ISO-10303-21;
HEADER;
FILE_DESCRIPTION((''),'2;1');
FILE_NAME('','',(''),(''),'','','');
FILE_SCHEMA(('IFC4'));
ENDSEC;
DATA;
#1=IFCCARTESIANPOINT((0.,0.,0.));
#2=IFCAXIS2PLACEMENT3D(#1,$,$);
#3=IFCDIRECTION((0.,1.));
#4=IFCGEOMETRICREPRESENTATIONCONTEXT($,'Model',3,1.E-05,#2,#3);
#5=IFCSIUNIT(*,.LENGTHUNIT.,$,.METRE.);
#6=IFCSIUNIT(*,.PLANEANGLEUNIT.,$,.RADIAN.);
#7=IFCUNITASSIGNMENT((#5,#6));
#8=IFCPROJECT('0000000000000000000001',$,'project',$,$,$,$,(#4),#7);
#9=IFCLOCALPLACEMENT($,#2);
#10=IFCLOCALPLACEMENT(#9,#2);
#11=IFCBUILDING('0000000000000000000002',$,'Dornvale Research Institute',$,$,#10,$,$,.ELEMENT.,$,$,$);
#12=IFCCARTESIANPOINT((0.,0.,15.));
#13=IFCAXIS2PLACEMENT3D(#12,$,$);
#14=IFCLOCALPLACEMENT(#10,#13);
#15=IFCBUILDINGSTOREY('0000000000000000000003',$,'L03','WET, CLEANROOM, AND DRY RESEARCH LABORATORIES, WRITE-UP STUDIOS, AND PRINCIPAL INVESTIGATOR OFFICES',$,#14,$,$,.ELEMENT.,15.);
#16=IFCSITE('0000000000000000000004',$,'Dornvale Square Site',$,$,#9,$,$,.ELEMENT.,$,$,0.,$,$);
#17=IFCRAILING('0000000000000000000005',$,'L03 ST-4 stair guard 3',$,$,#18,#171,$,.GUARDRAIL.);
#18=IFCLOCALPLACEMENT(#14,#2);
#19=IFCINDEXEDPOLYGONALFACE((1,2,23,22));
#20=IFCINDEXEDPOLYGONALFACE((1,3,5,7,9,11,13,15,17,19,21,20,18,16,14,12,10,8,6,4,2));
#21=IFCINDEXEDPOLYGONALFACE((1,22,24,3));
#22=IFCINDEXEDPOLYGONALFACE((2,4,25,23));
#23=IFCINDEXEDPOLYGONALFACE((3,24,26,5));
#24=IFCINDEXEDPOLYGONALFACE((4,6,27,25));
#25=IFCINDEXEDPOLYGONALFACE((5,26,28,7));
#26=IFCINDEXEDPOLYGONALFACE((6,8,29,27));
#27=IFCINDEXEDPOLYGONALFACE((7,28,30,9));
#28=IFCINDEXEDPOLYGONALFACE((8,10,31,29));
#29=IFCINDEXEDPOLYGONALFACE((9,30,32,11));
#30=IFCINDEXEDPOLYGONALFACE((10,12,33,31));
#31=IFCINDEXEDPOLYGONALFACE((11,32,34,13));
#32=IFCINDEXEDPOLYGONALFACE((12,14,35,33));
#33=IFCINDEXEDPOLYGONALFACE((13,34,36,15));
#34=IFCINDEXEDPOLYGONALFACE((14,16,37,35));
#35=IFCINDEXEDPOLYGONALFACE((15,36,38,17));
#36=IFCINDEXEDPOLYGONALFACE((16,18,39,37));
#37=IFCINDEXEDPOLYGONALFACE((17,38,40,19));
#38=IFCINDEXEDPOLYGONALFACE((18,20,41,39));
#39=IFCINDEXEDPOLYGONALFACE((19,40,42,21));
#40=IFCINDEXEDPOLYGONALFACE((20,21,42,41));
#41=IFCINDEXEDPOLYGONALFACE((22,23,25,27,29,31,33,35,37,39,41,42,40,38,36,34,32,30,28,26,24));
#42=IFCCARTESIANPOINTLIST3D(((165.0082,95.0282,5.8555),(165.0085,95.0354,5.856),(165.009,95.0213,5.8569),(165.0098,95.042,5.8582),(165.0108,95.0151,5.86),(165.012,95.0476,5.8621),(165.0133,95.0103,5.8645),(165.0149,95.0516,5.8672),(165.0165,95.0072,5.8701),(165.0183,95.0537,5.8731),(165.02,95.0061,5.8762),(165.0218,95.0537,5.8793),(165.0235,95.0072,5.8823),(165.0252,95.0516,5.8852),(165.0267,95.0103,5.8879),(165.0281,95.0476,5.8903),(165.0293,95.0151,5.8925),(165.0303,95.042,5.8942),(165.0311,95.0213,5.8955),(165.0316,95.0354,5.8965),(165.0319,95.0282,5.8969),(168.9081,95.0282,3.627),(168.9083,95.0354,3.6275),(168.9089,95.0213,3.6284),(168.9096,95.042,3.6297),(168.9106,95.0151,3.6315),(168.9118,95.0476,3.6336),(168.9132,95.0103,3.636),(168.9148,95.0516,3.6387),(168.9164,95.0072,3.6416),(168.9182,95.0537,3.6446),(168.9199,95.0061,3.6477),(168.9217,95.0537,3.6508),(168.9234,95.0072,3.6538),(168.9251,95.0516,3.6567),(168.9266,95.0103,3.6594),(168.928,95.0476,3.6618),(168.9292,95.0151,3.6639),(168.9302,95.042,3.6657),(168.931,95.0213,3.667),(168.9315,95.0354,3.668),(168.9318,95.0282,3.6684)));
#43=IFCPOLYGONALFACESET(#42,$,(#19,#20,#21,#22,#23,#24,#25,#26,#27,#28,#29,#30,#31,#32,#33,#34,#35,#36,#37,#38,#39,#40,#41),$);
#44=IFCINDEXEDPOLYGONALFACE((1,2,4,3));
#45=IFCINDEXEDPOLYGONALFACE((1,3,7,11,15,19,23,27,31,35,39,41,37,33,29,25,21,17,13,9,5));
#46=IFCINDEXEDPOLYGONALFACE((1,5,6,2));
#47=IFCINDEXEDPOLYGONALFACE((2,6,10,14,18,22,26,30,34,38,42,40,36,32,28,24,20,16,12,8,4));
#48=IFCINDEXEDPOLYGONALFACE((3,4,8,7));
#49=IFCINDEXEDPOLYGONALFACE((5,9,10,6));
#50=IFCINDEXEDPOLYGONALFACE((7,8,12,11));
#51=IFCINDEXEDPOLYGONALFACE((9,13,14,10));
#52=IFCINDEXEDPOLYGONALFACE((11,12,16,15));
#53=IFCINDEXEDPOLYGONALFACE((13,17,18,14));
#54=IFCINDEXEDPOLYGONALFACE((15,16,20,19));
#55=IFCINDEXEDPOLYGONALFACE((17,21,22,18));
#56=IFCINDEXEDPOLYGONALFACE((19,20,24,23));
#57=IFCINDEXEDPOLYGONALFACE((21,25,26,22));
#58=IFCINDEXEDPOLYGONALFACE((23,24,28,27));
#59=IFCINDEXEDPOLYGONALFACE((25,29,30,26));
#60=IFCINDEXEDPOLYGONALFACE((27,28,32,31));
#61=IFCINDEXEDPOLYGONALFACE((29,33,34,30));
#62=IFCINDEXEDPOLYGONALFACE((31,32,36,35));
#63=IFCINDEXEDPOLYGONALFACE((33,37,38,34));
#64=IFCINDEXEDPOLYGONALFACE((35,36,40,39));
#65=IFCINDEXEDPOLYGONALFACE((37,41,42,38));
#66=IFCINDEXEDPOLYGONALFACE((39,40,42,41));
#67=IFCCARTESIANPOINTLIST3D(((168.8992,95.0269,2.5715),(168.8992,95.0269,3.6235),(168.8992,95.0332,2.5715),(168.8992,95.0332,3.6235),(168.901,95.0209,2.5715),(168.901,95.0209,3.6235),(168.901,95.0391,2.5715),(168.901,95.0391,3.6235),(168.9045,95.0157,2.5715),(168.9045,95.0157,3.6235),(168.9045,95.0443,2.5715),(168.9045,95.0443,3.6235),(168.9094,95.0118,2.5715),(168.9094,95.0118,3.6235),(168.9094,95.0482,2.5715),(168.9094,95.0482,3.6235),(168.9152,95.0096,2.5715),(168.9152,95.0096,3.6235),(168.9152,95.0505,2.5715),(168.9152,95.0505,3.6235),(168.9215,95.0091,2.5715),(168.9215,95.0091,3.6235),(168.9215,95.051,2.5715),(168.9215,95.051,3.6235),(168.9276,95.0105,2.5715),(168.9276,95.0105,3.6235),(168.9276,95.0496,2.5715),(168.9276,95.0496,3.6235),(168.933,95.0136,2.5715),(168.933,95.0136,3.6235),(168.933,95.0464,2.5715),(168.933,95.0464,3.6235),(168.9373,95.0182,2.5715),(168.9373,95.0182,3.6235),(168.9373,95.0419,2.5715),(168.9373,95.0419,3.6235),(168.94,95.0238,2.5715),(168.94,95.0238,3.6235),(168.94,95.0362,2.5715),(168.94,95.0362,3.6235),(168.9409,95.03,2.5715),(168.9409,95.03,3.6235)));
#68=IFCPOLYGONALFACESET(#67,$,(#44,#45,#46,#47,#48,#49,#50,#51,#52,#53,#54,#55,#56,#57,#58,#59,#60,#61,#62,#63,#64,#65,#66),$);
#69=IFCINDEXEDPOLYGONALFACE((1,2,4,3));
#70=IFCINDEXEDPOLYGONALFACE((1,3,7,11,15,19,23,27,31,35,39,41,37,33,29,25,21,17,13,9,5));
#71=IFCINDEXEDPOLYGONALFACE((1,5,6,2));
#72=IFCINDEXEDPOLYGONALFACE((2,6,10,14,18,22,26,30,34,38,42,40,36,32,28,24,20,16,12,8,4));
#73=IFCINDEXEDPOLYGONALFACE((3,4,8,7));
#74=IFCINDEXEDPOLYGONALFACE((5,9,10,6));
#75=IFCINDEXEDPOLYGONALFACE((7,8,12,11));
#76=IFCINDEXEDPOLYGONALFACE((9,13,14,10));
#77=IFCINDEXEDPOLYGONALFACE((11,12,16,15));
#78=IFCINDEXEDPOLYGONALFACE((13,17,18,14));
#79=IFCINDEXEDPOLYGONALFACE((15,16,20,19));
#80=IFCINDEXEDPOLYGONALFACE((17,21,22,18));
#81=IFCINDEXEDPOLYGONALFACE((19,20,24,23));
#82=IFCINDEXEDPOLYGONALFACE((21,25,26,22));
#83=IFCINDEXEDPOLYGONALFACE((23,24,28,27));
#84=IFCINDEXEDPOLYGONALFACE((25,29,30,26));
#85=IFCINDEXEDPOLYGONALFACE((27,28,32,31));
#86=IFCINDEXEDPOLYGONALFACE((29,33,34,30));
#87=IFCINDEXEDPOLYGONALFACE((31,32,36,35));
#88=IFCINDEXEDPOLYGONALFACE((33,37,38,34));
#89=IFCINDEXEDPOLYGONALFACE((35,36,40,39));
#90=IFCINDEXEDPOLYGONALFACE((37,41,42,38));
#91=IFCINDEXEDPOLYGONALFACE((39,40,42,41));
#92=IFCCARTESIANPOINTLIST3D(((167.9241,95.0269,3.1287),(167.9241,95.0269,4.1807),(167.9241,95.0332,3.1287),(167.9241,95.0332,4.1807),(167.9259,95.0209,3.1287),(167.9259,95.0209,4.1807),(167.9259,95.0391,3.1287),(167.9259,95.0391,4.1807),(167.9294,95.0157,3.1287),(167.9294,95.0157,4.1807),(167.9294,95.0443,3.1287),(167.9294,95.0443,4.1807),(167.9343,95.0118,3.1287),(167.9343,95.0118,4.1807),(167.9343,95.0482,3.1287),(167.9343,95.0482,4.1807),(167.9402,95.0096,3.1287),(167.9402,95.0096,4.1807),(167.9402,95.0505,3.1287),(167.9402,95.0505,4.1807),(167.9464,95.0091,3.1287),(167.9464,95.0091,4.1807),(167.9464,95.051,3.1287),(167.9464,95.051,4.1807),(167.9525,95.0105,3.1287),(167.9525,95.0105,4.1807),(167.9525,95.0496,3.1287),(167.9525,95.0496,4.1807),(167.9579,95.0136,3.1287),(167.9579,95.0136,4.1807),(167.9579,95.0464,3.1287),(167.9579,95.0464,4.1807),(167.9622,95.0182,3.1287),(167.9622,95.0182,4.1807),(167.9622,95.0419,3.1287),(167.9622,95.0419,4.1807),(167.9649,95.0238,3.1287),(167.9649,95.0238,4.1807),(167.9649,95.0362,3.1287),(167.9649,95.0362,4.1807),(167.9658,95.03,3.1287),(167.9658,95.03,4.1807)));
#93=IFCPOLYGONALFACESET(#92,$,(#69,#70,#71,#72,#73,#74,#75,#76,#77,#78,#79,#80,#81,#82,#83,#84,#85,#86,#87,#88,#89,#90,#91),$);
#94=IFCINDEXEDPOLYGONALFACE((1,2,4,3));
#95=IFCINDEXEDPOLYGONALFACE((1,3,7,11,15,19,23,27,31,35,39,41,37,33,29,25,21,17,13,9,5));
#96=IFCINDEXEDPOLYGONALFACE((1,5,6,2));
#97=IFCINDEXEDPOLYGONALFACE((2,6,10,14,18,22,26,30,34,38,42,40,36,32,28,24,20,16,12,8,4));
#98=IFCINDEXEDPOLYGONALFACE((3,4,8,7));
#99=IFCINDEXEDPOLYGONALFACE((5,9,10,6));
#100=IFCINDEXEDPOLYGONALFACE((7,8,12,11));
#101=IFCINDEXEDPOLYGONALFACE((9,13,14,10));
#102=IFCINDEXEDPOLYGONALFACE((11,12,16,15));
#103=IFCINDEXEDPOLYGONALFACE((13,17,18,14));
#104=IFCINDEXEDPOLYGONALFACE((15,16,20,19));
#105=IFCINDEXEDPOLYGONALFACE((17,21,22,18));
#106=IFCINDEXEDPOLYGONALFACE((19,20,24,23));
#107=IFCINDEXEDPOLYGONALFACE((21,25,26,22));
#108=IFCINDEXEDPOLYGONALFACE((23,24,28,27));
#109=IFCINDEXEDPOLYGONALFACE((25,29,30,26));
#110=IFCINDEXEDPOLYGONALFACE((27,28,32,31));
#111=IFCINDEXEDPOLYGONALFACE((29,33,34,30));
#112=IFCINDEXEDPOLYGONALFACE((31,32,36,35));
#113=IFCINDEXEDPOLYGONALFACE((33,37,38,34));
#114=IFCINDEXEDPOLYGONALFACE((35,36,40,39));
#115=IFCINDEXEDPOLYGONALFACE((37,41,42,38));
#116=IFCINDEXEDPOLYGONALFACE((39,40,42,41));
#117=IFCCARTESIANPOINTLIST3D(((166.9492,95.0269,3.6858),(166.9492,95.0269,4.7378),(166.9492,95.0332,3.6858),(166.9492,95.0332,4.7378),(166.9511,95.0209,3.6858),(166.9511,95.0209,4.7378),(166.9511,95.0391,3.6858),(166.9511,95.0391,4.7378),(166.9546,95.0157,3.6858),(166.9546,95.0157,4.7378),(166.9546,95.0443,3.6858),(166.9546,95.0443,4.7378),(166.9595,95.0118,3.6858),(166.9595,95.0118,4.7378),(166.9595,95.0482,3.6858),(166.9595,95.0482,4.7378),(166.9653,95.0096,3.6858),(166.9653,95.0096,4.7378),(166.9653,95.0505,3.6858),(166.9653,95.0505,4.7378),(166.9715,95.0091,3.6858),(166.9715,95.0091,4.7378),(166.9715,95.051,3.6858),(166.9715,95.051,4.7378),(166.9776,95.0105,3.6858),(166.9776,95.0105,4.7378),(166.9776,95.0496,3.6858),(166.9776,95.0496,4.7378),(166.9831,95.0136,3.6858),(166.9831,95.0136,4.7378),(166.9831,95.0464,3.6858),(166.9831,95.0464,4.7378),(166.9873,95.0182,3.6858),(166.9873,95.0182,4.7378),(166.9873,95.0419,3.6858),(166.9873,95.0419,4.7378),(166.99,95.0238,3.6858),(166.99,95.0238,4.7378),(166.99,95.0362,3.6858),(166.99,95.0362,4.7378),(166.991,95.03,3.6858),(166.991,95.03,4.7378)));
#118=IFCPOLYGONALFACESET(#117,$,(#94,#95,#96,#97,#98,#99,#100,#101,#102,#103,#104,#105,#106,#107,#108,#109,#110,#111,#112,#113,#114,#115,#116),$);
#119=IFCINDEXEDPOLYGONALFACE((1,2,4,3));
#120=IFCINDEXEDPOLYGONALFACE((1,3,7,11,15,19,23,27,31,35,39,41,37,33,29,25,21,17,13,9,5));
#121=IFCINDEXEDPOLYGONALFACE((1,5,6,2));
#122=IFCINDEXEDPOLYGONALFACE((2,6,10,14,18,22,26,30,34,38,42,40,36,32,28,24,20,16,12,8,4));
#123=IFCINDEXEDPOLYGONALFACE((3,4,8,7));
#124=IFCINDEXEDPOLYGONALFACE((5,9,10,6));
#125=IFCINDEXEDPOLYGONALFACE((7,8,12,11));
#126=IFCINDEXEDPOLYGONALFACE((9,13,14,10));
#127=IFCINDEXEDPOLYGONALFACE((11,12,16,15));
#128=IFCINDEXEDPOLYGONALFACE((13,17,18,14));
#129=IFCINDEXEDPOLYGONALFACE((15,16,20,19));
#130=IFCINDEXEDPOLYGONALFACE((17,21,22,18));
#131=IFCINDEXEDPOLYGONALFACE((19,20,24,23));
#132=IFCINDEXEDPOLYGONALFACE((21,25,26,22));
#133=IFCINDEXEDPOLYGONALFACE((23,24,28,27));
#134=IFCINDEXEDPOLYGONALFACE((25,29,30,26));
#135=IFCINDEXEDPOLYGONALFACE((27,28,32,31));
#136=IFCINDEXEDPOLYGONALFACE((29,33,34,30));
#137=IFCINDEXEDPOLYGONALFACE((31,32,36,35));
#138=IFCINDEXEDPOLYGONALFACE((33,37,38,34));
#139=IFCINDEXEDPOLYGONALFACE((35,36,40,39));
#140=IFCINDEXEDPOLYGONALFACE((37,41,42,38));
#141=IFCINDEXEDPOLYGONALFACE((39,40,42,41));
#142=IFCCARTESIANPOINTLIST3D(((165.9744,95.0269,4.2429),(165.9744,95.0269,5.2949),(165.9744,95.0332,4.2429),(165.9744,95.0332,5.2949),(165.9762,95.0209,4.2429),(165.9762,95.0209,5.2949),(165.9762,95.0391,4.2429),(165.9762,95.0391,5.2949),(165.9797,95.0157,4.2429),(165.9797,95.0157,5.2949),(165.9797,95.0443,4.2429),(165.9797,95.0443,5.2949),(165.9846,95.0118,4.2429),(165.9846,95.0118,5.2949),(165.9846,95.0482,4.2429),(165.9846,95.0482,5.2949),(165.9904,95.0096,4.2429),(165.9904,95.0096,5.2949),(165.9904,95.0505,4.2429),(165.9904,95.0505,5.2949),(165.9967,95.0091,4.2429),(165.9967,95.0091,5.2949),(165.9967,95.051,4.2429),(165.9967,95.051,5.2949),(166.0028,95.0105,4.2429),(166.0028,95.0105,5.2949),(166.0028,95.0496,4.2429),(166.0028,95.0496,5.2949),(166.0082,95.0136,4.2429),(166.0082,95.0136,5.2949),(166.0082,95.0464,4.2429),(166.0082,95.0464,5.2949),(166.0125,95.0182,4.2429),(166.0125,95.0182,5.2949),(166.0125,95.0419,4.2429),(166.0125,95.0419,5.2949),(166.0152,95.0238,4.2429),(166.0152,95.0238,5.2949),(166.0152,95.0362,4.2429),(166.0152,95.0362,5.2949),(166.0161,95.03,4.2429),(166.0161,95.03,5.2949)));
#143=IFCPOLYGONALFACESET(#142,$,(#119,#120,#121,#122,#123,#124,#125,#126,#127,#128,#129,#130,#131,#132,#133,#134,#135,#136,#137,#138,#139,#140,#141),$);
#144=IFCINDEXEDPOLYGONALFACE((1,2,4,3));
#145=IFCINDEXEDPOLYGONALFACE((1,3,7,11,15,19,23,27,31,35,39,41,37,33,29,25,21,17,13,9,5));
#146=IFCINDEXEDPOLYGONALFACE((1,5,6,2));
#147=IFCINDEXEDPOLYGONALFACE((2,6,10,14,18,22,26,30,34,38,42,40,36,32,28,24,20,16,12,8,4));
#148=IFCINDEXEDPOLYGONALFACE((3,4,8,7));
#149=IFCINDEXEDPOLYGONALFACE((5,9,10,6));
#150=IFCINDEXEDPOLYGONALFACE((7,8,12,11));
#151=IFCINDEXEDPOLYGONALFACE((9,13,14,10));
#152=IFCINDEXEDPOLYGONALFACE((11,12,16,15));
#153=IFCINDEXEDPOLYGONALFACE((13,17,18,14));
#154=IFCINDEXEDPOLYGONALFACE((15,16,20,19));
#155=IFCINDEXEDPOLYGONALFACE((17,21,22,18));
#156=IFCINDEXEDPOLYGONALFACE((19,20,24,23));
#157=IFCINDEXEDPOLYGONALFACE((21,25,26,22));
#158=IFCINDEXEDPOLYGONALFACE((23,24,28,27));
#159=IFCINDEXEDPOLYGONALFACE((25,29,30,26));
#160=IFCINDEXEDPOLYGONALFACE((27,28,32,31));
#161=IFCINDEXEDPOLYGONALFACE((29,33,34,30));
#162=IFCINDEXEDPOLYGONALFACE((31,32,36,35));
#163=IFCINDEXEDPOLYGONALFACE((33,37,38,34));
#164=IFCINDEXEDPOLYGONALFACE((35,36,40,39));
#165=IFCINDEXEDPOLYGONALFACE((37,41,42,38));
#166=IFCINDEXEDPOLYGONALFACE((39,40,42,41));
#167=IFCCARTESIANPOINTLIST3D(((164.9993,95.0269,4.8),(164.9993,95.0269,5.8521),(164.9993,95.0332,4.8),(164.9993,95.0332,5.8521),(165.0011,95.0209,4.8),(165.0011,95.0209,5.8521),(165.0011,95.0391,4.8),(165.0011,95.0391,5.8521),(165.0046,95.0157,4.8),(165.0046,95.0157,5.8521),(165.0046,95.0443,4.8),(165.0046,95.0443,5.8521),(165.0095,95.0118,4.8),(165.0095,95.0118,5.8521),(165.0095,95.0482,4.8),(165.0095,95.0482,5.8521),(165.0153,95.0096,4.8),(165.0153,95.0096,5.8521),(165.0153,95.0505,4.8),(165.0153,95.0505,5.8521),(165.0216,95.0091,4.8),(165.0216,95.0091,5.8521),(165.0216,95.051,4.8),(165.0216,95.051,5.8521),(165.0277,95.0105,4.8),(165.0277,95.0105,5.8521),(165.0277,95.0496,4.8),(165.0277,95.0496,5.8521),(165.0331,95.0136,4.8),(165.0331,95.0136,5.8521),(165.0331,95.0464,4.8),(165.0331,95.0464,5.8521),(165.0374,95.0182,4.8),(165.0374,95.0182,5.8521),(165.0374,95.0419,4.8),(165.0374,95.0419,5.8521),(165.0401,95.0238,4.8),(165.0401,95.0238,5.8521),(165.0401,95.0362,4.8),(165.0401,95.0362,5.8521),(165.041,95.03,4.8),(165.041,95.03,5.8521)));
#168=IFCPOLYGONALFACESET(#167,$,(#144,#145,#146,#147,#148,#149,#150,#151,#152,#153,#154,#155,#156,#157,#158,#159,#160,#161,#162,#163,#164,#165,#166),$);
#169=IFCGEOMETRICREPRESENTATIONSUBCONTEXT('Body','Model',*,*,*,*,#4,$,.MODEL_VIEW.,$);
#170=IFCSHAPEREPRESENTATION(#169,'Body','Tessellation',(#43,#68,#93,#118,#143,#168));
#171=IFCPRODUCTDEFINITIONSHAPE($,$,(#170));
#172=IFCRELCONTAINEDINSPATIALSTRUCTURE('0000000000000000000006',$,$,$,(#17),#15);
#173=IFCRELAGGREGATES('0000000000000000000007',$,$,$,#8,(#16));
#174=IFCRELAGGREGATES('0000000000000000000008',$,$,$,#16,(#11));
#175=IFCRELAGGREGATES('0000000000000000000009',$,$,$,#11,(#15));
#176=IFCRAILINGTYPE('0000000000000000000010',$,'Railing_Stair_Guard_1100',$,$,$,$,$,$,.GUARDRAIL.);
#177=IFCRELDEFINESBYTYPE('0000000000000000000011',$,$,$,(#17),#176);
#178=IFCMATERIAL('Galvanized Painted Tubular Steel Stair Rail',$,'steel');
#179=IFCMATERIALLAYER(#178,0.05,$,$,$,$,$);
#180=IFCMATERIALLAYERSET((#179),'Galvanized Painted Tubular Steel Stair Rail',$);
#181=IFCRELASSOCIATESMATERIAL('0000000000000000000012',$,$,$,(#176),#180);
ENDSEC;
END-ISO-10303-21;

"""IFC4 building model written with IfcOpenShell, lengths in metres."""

from ifc_helpers import new_model, si_unit, direction, frame, origin, origin_2d, place, context, subcontext, project, spatial, circle, extrude, material, layer, layer_set, type_object, element, save


model = new_model("IFC4")

# Units and contexts
model_context = context("Model", 3, precision=1e-05, world=origin(), true_north=direction((0.0, 1.0)))
body_context = subcontext(model_context, "Body", "Model", "MODEL_VIEW")
ifc_project = project(units=[si_unit("LENGTHUNIT", "METRE"), si_unit("PLANEANGLEUNIT", "RADIAN")], contexts=[model_context])

# Site, building, storey
site_placement = place(None, origin())
site = spatial("IfcSite", under=ifc_project, at=site_placement, Name="Dornvale Square Site", CompositionType="ELEMENT", RefElevation=0.0)
building_placement = place(site_placement, origin())
building = spatial("IfcBuilding", under=site, at=building_placement, Name="Dornvale Research Institute", CompositionType="ELEMENT")
storey_placement = place(building_placement, frame((0.0, 0.0, 15.0)))
storey = spatial("IfcBuildingStorey", under=building, at=storey_placement, Name="L03", Description="WET, CLEANROOM, AND DRY RESEARCH LABORATORIES, WRITE-UP STUDIOS, AND PRINCIPAL INVESTIGATOR OFFICES", CompositionType="ELEMENT", Elevation=15.0)

# Railing
ifc_material_1 = material(Name="Galvanized Painted Tubular Steel Stair Rail", Category="steel")
ifc_layer_1 = layer(ifc_material_1, 0.05)
ifc_layer_set_1 = layer_set([ifc_layer_1], Name="Galvanized Painted Tubular Steel Stair Rail")
railing_type_1 = type_object("IfcRailingType", Name="Railing_Stair_Guard_1100", PredefinedType="GUARDRAIL", material=ifc_layer_set_1)
railing_1_placement = place(storey_placement, frame((168.9199, 95.03, 2.5715)))
element("IfcRailing", 1, at=railing_1_placement, inside=storey, type_object=railing_type_1, Name="L03 ST-4 stair guard 3", PredefinedType="GUARDRAIL", context=body_context, shape_type="SweptSolid", body=[
    extrude(circle(Radius=0.0239, at=origin_2d()), frame((0.0, 0.0, 1.0762), z_axis=(-0.868243, 0.0, 0.496139), x_axis=(0.0, -1.0, 0.0)), (0.0, 0.0, 1.0), 4.4917),
    extrude(circle(Radius=0.021, at=origin_2d()), origin(), (0.0, 0.0, 1.0), 1.052),
    extrude(circle(Radius=0.021, at=origin_2d()), frame((-0.9751, 0.0, 0.5571)), (0.0, 0.0, 1.0), 1.052),
    extrude(circle(Radius=0.021, at=origin_2d()), frame((-1.95, 0.0, 1.1143)), (0.0, 0.0, 1.0), 1.052),
    extrude(circle(Radius=0.021, at=origin_2d()), frame((-2.9248, 0.0, 1.6714)), (0.0, 0.0, 1.0), 1.052),
    extrude(circle(Radius=0.021, at=origin_2d()), frame((-3.8999, 0.0, 2.2285)), (0.0, 0.0, 1.0), 1.052),
])

save(model, "model.ifc")
